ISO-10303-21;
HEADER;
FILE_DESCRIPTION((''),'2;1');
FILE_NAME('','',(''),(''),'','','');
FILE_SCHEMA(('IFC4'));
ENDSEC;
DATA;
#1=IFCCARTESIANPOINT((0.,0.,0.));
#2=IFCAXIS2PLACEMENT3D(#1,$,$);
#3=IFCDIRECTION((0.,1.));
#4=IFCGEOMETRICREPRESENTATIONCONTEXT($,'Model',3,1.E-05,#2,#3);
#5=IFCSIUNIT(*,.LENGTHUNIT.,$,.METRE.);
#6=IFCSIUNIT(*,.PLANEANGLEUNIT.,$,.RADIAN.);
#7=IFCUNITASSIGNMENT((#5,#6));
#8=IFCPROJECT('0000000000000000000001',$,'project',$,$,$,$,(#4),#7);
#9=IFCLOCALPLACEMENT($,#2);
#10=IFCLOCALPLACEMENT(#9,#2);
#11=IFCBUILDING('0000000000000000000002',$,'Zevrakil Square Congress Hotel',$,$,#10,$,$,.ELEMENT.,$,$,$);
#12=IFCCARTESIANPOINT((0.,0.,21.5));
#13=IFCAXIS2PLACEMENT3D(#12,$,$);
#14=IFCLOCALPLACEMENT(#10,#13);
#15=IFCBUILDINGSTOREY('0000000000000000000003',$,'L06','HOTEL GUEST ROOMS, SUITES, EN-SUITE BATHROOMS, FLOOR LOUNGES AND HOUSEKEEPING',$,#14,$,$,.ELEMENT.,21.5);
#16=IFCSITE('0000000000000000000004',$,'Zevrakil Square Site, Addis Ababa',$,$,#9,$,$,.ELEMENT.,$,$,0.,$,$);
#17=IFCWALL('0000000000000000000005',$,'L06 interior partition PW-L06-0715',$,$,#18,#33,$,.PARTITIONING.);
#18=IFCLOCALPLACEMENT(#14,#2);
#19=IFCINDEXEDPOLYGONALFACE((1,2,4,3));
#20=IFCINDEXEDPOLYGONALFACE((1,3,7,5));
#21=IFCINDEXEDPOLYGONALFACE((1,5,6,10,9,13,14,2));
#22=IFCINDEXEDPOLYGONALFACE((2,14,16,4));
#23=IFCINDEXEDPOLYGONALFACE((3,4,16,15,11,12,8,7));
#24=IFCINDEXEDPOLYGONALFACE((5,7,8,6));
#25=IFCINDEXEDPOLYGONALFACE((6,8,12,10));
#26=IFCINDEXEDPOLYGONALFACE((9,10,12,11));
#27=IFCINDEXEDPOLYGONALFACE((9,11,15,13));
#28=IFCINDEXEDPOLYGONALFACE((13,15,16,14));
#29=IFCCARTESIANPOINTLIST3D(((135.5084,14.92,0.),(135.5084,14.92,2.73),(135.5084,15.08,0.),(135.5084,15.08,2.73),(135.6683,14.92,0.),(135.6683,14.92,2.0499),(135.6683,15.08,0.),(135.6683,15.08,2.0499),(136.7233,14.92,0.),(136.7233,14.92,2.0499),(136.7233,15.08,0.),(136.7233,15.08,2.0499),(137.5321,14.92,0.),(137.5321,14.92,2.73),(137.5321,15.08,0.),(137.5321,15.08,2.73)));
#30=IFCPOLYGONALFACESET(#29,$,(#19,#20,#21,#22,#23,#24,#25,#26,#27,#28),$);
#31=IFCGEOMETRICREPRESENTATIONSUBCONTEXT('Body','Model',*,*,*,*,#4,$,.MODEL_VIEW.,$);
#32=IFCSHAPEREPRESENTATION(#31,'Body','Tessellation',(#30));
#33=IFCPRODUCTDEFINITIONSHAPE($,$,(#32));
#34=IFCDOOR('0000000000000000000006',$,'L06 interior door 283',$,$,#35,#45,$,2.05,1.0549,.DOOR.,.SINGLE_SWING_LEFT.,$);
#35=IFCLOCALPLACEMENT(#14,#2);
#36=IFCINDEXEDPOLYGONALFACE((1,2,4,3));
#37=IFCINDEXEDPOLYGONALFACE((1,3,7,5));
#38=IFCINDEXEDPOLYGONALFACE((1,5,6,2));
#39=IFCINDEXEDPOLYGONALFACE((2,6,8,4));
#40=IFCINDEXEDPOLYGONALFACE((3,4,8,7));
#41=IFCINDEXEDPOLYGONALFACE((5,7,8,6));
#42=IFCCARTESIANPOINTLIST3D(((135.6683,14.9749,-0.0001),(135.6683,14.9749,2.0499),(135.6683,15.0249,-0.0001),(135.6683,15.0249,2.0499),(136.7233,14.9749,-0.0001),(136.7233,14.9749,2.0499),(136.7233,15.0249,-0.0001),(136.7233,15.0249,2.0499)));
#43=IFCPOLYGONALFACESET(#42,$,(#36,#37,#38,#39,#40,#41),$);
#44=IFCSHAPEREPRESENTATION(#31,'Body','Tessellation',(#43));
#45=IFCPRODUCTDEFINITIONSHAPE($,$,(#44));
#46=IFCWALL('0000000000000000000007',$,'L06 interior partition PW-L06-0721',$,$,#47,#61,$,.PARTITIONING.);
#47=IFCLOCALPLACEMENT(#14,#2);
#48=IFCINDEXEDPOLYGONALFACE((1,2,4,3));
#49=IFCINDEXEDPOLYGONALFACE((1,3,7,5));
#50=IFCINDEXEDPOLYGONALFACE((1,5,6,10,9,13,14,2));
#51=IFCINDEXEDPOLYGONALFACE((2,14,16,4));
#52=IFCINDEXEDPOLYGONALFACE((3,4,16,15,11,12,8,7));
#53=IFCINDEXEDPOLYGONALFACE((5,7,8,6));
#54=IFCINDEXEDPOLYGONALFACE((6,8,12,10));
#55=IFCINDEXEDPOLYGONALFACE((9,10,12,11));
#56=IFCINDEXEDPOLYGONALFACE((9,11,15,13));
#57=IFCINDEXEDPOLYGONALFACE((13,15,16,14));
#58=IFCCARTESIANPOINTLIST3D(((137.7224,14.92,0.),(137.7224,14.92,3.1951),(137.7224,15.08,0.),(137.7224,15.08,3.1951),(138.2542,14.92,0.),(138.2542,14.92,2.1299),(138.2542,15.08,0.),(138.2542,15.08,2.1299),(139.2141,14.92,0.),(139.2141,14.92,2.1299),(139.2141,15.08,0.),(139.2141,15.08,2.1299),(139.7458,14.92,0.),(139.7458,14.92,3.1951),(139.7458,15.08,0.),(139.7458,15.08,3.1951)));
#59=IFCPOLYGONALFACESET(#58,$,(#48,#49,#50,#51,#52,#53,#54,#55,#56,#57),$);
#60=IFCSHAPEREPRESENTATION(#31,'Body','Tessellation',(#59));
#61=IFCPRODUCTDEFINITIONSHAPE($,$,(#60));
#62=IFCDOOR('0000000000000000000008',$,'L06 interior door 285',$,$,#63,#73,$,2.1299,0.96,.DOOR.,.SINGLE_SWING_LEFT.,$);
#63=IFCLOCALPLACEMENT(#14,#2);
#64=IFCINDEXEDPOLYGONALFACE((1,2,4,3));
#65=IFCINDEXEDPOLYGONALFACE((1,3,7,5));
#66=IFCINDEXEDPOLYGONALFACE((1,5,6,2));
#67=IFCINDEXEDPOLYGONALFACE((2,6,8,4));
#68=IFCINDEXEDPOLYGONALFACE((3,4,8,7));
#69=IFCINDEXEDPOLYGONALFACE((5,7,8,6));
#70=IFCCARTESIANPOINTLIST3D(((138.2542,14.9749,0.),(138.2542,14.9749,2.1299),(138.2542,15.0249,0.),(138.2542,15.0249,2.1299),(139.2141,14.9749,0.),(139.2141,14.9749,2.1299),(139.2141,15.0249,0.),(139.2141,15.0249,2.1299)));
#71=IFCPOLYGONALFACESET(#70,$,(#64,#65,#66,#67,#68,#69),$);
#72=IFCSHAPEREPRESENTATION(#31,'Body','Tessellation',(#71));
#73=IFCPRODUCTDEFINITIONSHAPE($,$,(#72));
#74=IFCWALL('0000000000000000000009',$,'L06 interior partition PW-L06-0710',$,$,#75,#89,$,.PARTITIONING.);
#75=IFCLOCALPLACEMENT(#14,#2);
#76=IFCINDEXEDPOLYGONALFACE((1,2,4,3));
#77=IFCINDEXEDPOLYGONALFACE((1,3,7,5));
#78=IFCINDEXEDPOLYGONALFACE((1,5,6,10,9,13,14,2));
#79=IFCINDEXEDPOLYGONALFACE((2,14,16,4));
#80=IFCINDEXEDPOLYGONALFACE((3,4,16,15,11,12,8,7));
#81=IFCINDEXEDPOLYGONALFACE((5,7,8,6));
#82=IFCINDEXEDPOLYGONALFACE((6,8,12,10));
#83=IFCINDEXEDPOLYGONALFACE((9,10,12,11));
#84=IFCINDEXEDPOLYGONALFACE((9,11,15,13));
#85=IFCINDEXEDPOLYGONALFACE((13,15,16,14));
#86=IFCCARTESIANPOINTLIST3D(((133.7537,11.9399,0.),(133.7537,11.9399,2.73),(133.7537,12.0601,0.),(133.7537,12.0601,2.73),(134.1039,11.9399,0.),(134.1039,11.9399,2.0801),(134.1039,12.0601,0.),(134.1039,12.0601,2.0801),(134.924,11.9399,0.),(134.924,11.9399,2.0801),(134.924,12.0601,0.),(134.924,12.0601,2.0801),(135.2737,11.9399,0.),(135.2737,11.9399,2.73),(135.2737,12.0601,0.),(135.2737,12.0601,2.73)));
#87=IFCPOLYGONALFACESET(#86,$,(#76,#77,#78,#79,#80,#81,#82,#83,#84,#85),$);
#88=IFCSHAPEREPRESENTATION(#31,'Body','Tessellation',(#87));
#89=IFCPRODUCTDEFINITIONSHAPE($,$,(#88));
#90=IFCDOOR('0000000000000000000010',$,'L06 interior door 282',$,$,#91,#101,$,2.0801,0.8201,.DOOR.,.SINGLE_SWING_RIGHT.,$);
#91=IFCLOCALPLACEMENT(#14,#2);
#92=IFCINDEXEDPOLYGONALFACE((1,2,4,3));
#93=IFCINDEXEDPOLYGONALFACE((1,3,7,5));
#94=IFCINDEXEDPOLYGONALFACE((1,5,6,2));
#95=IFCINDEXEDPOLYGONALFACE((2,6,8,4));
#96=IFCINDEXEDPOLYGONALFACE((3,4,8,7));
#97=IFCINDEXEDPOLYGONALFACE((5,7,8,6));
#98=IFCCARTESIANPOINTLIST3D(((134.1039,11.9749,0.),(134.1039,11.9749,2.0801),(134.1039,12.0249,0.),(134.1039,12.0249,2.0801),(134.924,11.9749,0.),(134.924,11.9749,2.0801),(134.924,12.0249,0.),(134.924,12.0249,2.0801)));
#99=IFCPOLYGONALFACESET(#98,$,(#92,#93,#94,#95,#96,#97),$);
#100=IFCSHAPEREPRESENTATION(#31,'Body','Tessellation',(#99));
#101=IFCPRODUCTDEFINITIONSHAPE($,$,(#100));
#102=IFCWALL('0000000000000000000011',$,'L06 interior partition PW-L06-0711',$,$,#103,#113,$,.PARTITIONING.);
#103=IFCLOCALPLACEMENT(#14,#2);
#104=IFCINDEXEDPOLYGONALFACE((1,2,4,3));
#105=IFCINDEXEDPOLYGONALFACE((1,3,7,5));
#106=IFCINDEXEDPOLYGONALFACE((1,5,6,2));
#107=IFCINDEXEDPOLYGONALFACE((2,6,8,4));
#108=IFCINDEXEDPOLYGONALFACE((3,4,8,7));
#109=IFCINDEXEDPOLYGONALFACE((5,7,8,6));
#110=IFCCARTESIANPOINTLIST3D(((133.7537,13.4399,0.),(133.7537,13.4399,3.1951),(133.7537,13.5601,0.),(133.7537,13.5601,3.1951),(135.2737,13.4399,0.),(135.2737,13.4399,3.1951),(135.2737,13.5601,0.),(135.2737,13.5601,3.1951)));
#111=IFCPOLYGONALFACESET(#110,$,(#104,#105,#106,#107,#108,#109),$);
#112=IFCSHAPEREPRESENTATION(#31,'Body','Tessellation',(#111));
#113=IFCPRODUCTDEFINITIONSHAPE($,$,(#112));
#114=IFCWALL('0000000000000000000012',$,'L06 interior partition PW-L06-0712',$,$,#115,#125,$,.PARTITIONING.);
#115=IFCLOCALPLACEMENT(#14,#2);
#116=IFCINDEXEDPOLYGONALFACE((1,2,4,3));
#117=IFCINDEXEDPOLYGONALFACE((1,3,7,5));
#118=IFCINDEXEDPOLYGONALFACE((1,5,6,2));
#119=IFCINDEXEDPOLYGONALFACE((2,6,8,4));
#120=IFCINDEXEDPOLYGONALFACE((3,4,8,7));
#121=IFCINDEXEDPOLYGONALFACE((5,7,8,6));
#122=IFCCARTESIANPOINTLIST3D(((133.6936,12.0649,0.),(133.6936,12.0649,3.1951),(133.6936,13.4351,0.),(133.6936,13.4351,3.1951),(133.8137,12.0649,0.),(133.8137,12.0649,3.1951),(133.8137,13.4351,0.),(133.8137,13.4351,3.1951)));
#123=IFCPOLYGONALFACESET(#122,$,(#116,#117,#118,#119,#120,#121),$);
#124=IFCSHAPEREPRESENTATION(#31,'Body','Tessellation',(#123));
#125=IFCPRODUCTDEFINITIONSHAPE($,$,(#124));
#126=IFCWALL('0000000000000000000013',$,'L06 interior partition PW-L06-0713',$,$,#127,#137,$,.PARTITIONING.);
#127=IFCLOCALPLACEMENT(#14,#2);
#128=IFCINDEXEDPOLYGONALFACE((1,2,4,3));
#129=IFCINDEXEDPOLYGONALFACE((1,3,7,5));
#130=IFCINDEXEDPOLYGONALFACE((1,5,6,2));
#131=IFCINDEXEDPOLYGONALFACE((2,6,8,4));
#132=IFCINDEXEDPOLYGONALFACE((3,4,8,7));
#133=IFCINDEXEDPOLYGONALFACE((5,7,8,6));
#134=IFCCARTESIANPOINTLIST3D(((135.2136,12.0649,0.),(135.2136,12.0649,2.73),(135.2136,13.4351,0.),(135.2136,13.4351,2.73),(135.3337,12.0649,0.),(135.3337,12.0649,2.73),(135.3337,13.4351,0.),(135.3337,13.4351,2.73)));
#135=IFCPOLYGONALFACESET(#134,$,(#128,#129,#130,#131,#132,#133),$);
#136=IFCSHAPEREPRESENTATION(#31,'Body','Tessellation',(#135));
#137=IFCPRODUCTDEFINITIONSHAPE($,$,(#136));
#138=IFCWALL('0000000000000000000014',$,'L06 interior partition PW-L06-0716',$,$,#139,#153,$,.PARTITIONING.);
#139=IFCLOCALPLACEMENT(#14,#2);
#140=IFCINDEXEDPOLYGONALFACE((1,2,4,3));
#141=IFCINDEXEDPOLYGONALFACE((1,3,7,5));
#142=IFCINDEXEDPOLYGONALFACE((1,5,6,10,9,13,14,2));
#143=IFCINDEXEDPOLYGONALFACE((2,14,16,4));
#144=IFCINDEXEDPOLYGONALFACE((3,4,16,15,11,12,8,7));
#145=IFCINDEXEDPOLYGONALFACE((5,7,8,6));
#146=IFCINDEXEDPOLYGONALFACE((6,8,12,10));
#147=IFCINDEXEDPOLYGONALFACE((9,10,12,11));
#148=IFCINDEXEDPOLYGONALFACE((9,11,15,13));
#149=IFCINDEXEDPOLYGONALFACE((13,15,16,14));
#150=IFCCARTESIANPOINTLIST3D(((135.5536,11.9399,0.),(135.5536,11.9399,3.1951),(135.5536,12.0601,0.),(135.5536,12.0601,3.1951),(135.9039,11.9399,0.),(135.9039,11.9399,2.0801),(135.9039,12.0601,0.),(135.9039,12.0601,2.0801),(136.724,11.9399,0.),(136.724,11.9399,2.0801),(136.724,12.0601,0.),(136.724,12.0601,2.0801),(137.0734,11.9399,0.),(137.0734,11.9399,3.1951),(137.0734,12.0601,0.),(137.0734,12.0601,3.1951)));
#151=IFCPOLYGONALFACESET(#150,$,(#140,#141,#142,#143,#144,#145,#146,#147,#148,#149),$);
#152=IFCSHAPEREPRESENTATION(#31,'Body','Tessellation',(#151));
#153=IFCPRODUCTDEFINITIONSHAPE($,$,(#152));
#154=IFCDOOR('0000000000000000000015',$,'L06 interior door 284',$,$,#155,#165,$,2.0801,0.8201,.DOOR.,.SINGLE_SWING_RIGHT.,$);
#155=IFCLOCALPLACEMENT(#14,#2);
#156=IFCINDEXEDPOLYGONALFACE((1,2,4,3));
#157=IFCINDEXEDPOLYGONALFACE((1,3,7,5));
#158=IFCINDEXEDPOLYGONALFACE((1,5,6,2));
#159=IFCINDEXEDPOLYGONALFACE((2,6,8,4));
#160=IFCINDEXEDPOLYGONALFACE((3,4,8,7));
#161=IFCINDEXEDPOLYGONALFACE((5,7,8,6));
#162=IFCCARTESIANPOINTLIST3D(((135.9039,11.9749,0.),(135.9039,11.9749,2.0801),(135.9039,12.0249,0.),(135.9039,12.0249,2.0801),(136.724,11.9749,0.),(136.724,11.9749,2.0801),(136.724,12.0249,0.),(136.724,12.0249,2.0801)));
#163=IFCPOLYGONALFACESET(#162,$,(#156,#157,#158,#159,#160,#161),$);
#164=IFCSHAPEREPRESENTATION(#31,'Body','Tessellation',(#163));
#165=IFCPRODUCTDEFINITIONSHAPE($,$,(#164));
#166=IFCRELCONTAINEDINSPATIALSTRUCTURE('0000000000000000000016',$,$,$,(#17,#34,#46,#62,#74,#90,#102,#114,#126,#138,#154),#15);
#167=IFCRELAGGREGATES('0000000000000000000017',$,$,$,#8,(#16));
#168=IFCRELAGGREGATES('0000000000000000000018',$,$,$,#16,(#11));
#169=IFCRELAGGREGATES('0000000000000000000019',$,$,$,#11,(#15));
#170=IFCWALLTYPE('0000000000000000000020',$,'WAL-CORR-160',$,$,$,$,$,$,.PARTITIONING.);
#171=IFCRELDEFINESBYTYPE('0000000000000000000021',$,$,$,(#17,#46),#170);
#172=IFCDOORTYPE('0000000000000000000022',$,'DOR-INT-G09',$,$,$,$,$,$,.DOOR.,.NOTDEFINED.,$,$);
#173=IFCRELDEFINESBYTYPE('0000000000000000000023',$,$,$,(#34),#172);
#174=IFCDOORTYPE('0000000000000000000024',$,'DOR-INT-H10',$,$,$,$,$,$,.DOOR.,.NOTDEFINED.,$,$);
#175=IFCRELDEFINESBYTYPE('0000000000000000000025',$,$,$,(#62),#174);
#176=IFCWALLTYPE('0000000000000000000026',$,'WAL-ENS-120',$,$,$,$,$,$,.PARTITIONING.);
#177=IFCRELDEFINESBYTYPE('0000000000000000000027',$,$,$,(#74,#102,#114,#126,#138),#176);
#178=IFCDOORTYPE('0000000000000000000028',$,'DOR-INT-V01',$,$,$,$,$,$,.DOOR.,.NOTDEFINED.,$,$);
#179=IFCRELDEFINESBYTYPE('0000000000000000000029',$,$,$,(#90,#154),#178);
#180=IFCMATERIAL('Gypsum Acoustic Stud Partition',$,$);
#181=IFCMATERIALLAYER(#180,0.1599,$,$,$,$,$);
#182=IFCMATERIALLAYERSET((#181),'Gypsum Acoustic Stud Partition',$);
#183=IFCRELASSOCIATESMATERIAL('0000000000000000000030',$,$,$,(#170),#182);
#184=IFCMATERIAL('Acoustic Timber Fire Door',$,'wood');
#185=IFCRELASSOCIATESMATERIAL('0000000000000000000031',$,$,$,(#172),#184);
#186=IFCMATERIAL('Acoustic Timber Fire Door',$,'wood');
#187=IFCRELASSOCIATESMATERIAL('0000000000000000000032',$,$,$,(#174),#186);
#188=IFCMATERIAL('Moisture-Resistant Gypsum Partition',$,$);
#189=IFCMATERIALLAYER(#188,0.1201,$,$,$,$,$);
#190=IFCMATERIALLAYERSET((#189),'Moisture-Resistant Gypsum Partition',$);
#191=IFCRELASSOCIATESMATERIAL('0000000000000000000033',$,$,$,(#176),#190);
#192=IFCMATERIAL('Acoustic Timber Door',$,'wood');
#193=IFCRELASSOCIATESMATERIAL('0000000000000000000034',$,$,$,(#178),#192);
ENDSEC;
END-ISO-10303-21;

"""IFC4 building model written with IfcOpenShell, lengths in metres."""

from ifc_helpers import new_model, si_unit, direction, frame, frame_2d, origin, place, context, subcontext, project, spatial, rectangle, extrude, material, layer, layer_set, type_object, element, fill, save


model = new_model("IFC4")

# Units and contexts
model_context = context("Model", 3, precision=1e-05, world=origin(), true_north=direction((0.0, 1.0)))
body_context = subcontext(model_context, "Body", "Model", "MODEL_VIEW")
ifc_project = project(units=[si_unit("LENGTHUNIT", "METRE"), si_unit("PLANEANGLEUNIT", "RADIAN")], contexts=[model_context])

# Site, building, storey
site_placement = place(None, origin())
site = spatial("IfcSite", under=ifc_project, at=site_placement, Name="Zevrakil Square Site, Addis Ababa", CompositionType="ELEMENT", RefElevation=0.0)
building_placement = place(site_placement, origin())
building = spatial("IfcBuilding", under=site, at=building_placement, Name="Zevrakil Square Congress Hotel", CompositionType="ELEMENT")
storey_placement = place(building_placement, frame((0.0, 0.0, 21.5)))
storey = spatial("IfcBuildingStorey", under=building, at=storey_placement, Name="L06", Description="HOTEL GUEST ROOMS, SUITES, EN-SUITE BATHROOMS, FLOOR LOUNGES AND HOUSEKEEPING", CompositionType="ELEMENT", Elevation=21.5)

# Walls, openings, doors
ifc_material_1 = material(Name="Gypsum Acoustic Stud Partition")
ifc_layer_1 = layer(ifc_material_1, 0.1599)
ifc_layer_set_1 = layer_set([ifc_layer_1], Name="Gypsum Acoustic Stud Partition")
wall_type_1 = type_object("IfcWallType", Name="WAL-CORR-160", PredefinedType="PARTITIONING", material=ifc_layer_set_1)
wall_1_placement = place(storey_placement, frame((135.5085, 15.0, 0.0), z_axis=(0.0, 0.0, 1.0), x_axis=(1.0, 0.0, 0.0)))
wall_1 = element("IfcWall", 1, at=wall_1_placement, inside=storey, type_object=wall_type_1, Name="L06 interior partition PW-L06-0715", PredefinedType="PARTITIONING", context=body_context, shape_type="SweptSolid", body=[
    extrude(rectangle(XDim=2.0237, YDim=0.1599, at=frame_2d((1.0117, 0.0))), origin(), (0.0, 0.0, 1.0), 2.73),
])
opening_1_placement = place(wall_1_placement, frame((0.1599, 0.0, 0.0)))
opening_1 = element("IfcOpeningElement", 2, at=opening_1_placement, cuts=wall_1, PredefinedType="OPENING", context=body_context, shape_type="SweptSolid", body=[
    extrude(rectangle(XDim=1.0549, YDim=2.05, at=frame_2d((0.5273, 1.0249))), frame((0.0, 0.0898, 0.0), z_axis=(0.0, -1.0, 0.0), x_axis=(1.0, 0.0, 0.0)), (0.0, 0.0, 1.0), 0.1799),
])
ifc_material_2 = material(Name="Acoustic Timber Fire Door", Category="wood")
door_type_1 = type_object("IfcDoorType", Name="DOR-INT-G09", OperationType="NOTDEFINED", PredefinedType="DOOR", material=ifc_material_2)
door_1_placement = place(opening_1_placement, origin())
door_1 = element("IfcDoor", 3, at=door_1_placement, inside=storey, type_object=door_type_1, Name="L06 interior door 283", OperationType="SINGLE_SWING_LEFT", OverallHeight=2.05, OverallWidth=1.0549, PredefinedType="DOOR", context=body_context, shape_type="SweptSolid", body=[
    extrude(rectangle(XDim=1.0549, YDim=2.05, at=frame_2d((0.5273, 1.0249))), frame((0.0, 0.0249, 0.0), z_axis=(0.0, -1.0, 0.0), x_axis=(1.0, 0.0, 0.0)), (0.0, 0.0, 1.0), 0.05),
])
fill(opening_1, door_1)
wall_2_placement = place(storey_placement, frame((137.7224, 15.0, 0.0), z_axis=(0.0, 0.0, 1.0), x_axis=(1.0, 0.0, 0.0)))
wall_2 = element("IfcWall", 4, at=wall_2_placement, inside=storey, type_object=wall_type_1, Name="L06 interior partition PW-L06-0721", PredefinedType="PARTITIONING", context=body_context, shape_type="SweptSolid", body=[
    extrude(rectangle(XDim=2.0234, YDim=0.1599, at=frame_2d((1.0117, 0.0))), origin(), (0.0, 0.0, 1.0), 3.1951),
])
opening_2_placement = place(wall_2_placement, frame((0.5317, 0.0, 0.0)))
opening_2 = element("IfcOpeningElement", 5, at=opening_2_placement, cuts=wall_2, PredefinedType="OPENING", context=body_context, shape_type="SweptSolid", body=[
    extrude(rectangle(XDim=0.96, YDim=2.1299, at=frame_2d((0.48, 1.0649))), frame((0.0, 0.0898, 0.0), z_axis=(0.0, -1.0, 0.0), x_axis=(1.0, 0.0, 0.0)), (0.0, 0.0, 1.0), 0.1799),
])
ifc_material_3 = material(Name="Acoustic Timber Fire Door", Category="wood")
door_type_2 = type_object("IfcDoorType", Name="DOR-INT-H10", OperationType="NOTDEFINED", PredefinedType="DOOR", material=ifc_material_3)
door_2_placement = place(opening_2_placement, origin())
door_2 = element("IfcDoor", 6, at=door_2_placement, inside=storey, type_object=door_type_2, Name="L06 interior door 285", OperationType="SINGLE_SWING_LEFT", OverallHeight=2.1299, OverallWidth=0.96, PredefinedType="DOOR", context=body_context, shape_type="SweptSolid", body=[
    extrude(rectangle(XDim=0.96, YDim=2.1299, at=frame_2d((0.48, 1.0649))), frame((0.0, 0.0249, 0.0), z_axis=(0.0, -1.0, 0.0), x_axis=(1.0, 0.0, 0.0)), (0.0, 0.0, 1.0), 0.05),
])
fill(opening_2, door_2)
ifc_material_4 = material(Name="Moisture-Resistant Gypsum Partition")
ifc_layer_2 = layer(ifc_material_4, 0.1201)
ifc_layer_set_2 = layer_set([ifc_layer_2], Name="Moisture-Resistant Gypsum Partition")
wall_type_2 = type_object("IfcWallType", Name="WAL-ENS-120", PredefinedType="PARTITIONING", material=ifc_layer_set_2)
wall_3_placement = place(storey_placement, frame((133.7537, 12.0, 0.0), z_axis=(0.0, 0.0, 1.0), x_axis=(1.0, 0.0, 0.0)))
wall_3 = element("IfcWall", 7, at=wall_3_placement, inside=storey, type_object=wall_type_2, Name="L06 interior partition PW-L06-0710", PredefinedType="PARTITIONING", context=body_context, shape_type="SweptSolid", body=[
    extrude(rectangle(XDim=1.52, YDim=0.1201, at=frame_2d((0.76, 0.0))), origin(), (0.0, 0.0, 1.0), 2.73),
])
opening_3_placement = place(wall_3_placement, frame((0.3501, 0.0, 0.0)))
opening_3 = element("IfcOpeningElement", 8, at=opening_3_placement, cuts=wall_3, PredefinedType="OPENING", context=body_context, shape_type="SweptSolid", body=[
    extrude(rectangle(XDim=0.8201, YDim=2.0801, at=frame_2d((0.4102, 1.04))), frame((0.0, 0.0701, 0.0), z_axis=(0.0, -1.0, 0.0), x_axis=(1.0, 0.0, 0.0)), (0.0, 0.0, 1.0), 0.1401),
])
ifc_material_5 = material(Name="Acoustic Timber Door", Category="wood")
door_type_3 = type_object("IfcDoorType", Name="DOR-INT-V01", OperationType="NOTDEFINED", PredefinedType="DOOR", material=ifc_material_5)
door_3_placement = place(opening_3_placement, origin())
door_3 = element("IfcDoor", 9, at=door_3_placement, inside=storey, type_object=door_type_3, Name="L06 interior door 282", OperationType="SINGLE_SWING_RIGHT", OverallHeight=2.0801, OverallWidth=0.8201, PredefinedType="DOOR", context=body_context, shape_type="SweptSolid", body=[
    extrude(rectangle(XDim=0.8201, YDim=2.0801, at=frame_2d((0.4102, 1.04))), frame((0.0, 0.0249, 0.0), z_axis=(0.0, -1.0, 0.0), x_axis=(1.0, 0.0, 0.0)), (0.0, 0.0, 1.0), 0.05),
])
fill(opening_3, door_3)

# Walls
wall_4_placement = place(storey_placement, frame((133.7537, 13.5, 0.0), z_axis=(0.0, 0.0, 1.0), x_axis=(1.0, 0.0, 0.0)))
element("IfcWall", 10, at=wall_4_placement, inside=storey, type_object=wall_type_2, Name="L06 interior partition PW-L06-0711", PredefinedType="PARTITIONING", context=body_context, shape_type="SweptSolid", body=[
    extrude(rectangle(XDim=1.52, YDim=0.1201, at=frame_2d((0.76, 0.0))), origin(), (0.0, 0.0, 1.0), 3.1951),
])
wall_5_placement = place(storey_placement, frame((133.7537, 12.0649, 0.0), z_axis=(0.0, 0.0, 1.0), x_axis=(0.0, 1.0, 0.0)))
element("IfcWall", 11, at=wall_5_placement, inside=storey, type_object=wall_type_2, Name="L06 interior partition PW-L06-0712", PredefinedType="PARTITIONING", context=body_context, shape_type="SweptSolid", body=[
    extrude(rectangle(XDim=1.3701, YDim=0.1201, at=frame_2d((0.6851, 0.0))), origin(), (0.0, 0.0, 1.0), 3.1951),
])
wall_6_placement = place(storey_placement, frame((135.2737, 12.0649, 0.0), z_axis=(0.0, 0.0, 1.0), x_axis=(0.0, 1.0, 0.0)))
element("IfcWall", 12, at=wall_6_placement, inside=storey, type_object=wall_type_2, Name="L06 interior partition PW-L06-0713", PredefinedType="PARTITIONING", context=body_context, shape_type="SweptSolid", body=[
    extrude(rectangle(XDim=1.3701, YDim=0.1201, at=frame_2d((0.6851, 0.0))), origin(), (0.0, 0.0, 1.0), 2.73),
])

# Wall, opening, door
wall_7_placement = place(storey_placement, frame((135.5537, 12.0, 0.0), z_axis=(0.0, 0.0, 1.0), x_axis=(1.0, 0.0, 0.0)))
wall_7 = element("IfcWall", 13, at=wall_7_placement, inside=storey, type_object=wall_type_2, Name="L06 interior partition PW-L06-0716", PredefinedType="PARTITIONING", context=body_context, shape_type="SweptSolid", body=[
    extrude(rectangle(XDim=1.5198, YDim=0.1201, at=frame_2d((0.7598, 0.0))), origin(), (0.0, 0.0, 1.0), 3.1951),
])
opening_4_placement = place(wall_7_placement, frame((0.3501, 0.0, 0.0)))
opening_4 = element("IfcOpeningElement", 14, at=opening_4_placement, cuts=wall_7, PredefinedType="OPENING", context=body_context, shape_type="SweptSolid", body=[
    extrude(rectangle(XDim=0.8201, YDim=2.0801, at=frame_2d((0.4102, 1.04))), frame((0.0, 0.0701, 0.0), z_axis=(0.0, -1.0, 0.0), x_axis=(1.0, 0.0, 0.0)), (0.0, 0.0, 1.0), 0.1401),
])
door_4_placement = place(opening_4_placement, origin())
door_4 = element("IfcDoor", 15, at=door_4_placement, inside=storey, type_object=door_type_3, Name="L06 interior door 284", OperationType="SINGLE_SWING_RIGHT", OverallHeight=2.0801, OverallWidth=0.8201, PredefinedType="DOOR", context=body_context, shape_type="SweptSolid", body=[
    extrude(rectangle(XDim=0.8201, YDim=2.0801, at=frame_2d((0.4102, 1.04))), frame((0.0, 0.0249, 0.0), z_axis=(0.0, -1.0, 0.0), x_axis=(1.0, 0.0, 0.0)), (0.0, 0.0, 1.0), 0.05),
])
fill(opening_4, door_4)

save(model, "model.ifc")
